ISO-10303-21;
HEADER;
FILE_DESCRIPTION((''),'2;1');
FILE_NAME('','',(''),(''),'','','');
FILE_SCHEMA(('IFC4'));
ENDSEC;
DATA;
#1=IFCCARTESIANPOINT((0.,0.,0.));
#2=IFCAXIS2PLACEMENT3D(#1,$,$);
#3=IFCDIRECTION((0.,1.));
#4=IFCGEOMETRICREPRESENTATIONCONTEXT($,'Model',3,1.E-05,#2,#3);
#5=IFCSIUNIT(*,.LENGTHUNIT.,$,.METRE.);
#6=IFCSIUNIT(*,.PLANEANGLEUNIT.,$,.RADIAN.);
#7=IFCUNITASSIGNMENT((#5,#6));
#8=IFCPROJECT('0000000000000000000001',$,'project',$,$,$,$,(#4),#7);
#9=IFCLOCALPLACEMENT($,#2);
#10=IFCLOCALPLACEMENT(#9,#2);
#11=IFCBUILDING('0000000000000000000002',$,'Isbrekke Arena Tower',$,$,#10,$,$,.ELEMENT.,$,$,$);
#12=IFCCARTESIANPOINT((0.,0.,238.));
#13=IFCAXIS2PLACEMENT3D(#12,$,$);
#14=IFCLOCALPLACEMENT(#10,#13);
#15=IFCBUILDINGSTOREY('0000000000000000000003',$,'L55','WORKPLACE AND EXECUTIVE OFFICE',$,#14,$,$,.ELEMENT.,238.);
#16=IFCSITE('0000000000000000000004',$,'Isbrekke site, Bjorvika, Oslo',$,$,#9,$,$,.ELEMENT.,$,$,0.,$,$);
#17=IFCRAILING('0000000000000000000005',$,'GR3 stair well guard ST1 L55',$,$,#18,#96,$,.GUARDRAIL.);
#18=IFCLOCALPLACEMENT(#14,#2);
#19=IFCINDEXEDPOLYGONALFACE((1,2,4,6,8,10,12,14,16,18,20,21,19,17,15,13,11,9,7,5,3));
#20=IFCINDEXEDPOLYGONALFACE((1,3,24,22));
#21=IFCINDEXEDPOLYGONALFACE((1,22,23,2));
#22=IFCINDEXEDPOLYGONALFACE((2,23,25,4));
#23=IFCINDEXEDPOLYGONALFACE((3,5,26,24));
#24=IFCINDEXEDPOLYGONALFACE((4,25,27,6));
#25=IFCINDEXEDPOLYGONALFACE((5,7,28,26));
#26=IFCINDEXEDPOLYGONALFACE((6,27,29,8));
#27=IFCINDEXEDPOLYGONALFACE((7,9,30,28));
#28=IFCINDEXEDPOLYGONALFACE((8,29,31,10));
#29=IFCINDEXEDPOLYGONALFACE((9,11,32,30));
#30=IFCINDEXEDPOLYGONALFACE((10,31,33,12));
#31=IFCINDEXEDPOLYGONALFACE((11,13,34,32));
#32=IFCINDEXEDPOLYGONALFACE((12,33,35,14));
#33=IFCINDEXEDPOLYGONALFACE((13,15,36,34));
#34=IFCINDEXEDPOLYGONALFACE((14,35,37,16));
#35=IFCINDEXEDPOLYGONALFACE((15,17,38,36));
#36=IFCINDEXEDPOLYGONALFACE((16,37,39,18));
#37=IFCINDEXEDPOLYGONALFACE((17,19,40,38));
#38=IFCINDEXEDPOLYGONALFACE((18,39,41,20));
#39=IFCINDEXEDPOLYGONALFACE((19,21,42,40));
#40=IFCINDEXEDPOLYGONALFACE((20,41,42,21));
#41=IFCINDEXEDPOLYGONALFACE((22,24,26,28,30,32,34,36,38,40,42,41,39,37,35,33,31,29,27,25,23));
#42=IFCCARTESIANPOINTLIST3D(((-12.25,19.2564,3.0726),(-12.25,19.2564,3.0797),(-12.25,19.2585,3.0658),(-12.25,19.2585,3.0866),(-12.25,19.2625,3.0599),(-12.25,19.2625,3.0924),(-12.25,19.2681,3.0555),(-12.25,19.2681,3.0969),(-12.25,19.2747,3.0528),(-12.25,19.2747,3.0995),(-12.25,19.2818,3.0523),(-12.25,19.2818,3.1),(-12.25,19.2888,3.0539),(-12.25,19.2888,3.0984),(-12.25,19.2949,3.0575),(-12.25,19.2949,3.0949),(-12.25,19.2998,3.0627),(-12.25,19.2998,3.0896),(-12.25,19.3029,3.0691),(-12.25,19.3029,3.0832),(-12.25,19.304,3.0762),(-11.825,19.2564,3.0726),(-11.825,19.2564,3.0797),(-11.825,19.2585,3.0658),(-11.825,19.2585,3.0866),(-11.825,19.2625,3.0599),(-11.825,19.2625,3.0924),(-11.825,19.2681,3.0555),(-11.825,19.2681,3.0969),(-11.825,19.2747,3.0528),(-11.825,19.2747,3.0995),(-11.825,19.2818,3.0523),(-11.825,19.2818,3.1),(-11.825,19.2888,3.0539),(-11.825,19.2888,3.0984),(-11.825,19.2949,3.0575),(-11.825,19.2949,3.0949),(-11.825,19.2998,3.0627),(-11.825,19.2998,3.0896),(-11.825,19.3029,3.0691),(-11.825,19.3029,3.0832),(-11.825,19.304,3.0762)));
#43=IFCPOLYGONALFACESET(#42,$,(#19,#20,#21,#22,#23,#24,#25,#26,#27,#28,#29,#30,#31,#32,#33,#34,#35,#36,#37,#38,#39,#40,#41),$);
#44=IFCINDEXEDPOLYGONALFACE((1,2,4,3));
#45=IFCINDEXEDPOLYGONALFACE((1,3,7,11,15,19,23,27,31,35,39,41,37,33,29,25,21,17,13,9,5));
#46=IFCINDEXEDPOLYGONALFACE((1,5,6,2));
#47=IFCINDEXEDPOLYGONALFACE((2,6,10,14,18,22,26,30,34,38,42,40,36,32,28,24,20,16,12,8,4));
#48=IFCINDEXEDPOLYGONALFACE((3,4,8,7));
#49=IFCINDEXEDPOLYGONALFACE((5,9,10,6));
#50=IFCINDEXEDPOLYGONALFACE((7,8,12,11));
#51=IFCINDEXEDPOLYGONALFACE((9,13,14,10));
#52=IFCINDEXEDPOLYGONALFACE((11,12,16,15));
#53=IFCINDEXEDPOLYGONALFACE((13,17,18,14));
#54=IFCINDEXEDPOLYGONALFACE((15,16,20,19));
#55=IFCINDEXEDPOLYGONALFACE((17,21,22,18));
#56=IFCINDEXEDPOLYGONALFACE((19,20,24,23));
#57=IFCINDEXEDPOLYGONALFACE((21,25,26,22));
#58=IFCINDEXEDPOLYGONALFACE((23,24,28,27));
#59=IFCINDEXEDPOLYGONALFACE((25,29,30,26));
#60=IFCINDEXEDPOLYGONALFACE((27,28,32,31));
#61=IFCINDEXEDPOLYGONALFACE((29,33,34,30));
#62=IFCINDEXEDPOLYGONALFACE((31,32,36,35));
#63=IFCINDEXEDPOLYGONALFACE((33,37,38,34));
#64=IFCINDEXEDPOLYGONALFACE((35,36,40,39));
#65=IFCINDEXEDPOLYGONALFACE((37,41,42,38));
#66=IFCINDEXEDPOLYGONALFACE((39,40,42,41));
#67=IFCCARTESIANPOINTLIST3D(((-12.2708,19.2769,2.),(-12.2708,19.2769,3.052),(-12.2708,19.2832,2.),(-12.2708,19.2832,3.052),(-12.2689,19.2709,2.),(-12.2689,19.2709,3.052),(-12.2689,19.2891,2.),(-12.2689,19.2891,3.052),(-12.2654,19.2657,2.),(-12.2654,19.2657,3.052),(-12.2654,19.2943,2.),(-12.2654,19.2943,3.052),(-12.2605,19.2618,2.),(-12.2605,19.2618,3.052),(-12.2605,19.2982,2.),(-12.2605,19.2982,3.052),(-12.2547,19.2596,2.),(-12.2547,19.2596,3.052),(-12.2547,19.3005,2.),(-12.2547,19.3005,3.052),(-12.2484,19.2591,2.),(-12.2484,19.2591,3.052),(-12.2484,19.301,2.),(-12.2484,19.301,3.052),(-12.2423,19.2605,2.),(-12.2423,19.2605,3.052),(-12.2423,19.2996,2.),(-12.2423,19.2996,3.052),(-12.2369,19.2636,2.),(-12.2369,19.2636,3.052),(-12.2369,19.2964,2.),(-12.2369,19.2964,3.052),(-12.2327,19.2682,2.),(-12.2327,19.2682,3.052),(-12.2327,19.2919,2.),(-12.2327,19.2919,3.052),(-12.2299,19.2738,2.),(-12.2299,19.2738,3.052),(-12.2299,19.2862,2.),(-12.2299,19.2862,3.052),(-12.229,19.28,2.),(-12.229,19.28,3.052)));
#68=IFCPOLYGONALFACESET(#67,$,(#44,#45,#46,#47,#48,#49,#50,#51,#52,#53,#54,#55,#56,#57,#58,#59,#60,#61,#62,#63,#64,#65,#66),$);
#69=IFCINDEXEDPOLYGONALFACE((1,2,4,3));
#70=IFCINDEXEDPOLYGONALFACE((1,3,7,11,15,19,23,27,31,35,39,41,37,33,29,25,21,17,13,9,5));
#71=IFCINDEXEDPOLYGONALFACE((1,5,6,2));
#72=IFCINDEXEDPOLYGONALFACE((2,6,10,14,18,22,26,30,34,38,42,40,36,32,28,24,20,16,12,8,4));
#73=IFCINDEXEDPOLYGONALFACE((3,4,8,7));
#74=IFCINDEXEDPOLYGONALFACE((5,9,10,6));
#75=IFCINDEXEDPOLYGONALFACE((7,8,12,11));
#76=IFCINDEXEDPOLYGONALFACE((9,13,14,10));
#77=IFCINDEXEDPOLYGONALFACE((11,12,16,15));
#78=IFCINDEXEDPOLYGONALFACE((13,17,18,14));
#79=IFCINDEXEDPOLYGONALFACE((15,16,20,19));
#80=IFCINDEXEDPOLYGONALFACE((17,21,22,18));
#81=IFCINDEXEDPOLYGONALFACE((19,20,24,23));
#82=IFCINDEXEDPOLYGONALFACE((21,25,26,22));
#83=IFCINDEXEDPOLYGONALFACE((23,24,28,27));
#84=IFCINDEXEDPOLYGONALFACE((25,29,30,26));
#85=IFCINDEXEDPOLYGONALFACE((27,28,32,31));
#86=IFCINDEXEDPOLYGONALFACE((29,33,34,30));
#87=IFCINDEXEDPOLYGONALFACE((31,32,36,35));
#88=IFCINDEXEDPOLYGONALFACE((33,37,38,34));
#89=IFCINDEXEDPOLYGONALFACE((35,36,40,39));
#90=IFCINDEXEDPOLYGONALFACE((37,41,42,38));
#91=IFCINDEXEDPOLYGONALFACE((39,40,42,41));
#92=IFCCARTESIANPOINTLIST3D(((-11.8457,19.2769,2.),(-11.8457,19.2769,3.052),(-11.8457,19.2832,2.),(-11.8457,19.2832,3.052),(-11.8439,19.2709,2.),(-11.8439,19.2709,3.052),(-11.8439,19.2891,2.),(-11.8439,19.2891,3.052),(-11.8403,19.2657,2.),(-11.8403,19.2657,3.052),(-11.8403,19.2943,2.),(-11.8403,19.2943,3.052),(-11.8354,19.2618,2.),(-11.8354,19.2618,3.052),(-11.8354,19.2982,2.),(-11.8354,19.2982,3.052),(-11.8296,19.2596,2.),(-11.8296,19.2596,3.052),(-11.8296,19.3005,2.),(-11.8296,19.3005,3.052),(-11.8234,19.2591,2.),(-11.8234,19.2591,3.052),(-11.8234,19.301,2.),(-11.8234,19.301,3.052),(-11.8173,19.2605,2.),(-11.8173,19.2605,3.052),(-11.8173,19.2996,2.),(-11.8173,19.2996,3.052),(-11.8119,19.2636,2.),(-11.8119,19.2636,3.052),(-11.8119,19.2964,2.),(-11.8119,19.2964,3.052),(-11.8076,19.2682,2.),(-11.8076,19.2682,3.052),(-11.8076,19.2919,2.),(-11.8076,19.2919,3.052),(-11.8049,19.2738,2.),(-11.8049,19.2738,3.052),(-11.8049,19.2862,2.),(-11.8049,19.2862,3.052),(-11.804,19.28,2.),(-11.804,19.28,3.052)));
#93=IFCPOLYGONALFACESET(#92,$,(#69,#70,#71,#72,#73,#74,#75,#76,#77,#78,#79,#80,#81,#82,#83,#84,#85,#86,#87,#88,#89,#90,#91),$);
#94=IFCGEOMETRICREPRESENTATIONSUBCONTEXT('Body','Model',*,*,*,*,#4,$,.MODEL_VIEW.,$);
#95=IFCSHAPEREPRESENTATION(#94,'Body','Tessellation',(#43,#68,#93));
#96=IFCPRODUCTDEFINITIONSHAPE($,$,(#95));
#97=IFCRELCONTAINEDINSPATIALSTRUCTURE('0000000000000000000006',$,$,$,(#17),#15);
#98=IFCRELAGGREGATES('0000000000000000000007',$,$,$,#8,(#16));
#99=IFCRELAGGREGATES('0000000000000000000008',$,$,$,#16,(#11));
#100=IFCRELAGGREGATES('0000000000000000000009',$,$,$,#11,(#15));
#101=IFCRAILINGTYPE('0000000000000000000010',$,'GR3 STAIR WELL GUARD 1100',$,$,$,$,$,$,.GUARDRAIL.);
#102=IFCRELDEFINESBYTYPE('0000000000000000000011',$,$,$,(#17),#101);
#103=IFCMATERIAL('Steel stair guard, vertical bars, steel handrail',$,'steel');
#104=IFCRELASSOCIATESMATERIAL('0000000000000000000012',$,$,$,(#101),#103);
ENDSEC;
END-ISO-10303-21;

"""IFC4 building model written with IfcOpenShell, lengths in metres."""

from ifc_helpers import new_model, si_unit, direction, frame, origin, origin_2d, place, context, subcontext, project, spatial, circle, extrude, material, type_object, element, save


model = new_model("IFC4")

# Units and contexts
model_context = context("Model", 3, precision=1e-05, world=origin(), true_north=direction((0.0, 1.0)))
body_context = subcontext(model_context, "Body", "Model", "MODEL_VIEW")
ifc_project = project(units=[si_unit("LENGTHUNIT", "METRE"), si_unit("PLANEANGLEUNIT", "RADIAN")], contexts=[model_context])

# Site, building, storey
site_placement = place(None, origin())
site = spatial("IfcSite", under=ifc_project, at=site_placement, Name="Isbrekke site, Bjorvika, Oslo", CompositionType="ELEMENT", RefElevation=0.0)
building_placement = place(site_placement, origin())
building = spatial("IfcBuilding", under=site, at=building_placement, Name="Isbrekke Arena Tower", CompositionType="ELEMENT")
storey_placement = place(building_placement, frame((0.0, 0.0, 238.0)))
storey = spatial("IfcBuildingStorey", under=building, at=storey_placement, Name="L55", Description="WORKPLACE AND EXECUTIVE OFFICE", CompositionType="ELEMENT", Elevation=238.0)

# Railing
ifc_material_1 = material(Name="Steel stair guard, vertical bars, steel handrail", Category="steel")
railing_type = type_object("IfcRailingType", Name="GR3 STAIR WELL GUARD 1100", PredefinedType="GUARDRAIL", material=ifc_material_1)
for number, where, name in (
    (1, (-12.25, 19.28, 2.0), "GR3 stair well guard ST1 L55"),
):
    element("IfcRailing", number, at=place(storey_placement, frame(where)), inside=storey, type_object=railing_type, Name=name, PredefinedType="GUARDRAIL", context=body_context, shape_type="SweptSolid", body=[
        extrude(circle(Radius=0.0239, at=origin_2d()), frame((0.0, 0.0, 1.0762), z_axis=(1.0, 0.0, 0.0), x_axis=(0.0, 1.0, 0.0)), (0.0, 0.0, 1.0), 0.425),
        extrude(circle(Radius=0.021, at=origin_2d()), origin(), (0.0, 0.0, 1.0), 1.052),
        extrude(circle(Radius=0.021, at=origin_2d()), frame((0.425, 0.0, 0.0)), (0.0, 0.0, 1.0), 1.052),
    ])

save(model, "model.ifc")
